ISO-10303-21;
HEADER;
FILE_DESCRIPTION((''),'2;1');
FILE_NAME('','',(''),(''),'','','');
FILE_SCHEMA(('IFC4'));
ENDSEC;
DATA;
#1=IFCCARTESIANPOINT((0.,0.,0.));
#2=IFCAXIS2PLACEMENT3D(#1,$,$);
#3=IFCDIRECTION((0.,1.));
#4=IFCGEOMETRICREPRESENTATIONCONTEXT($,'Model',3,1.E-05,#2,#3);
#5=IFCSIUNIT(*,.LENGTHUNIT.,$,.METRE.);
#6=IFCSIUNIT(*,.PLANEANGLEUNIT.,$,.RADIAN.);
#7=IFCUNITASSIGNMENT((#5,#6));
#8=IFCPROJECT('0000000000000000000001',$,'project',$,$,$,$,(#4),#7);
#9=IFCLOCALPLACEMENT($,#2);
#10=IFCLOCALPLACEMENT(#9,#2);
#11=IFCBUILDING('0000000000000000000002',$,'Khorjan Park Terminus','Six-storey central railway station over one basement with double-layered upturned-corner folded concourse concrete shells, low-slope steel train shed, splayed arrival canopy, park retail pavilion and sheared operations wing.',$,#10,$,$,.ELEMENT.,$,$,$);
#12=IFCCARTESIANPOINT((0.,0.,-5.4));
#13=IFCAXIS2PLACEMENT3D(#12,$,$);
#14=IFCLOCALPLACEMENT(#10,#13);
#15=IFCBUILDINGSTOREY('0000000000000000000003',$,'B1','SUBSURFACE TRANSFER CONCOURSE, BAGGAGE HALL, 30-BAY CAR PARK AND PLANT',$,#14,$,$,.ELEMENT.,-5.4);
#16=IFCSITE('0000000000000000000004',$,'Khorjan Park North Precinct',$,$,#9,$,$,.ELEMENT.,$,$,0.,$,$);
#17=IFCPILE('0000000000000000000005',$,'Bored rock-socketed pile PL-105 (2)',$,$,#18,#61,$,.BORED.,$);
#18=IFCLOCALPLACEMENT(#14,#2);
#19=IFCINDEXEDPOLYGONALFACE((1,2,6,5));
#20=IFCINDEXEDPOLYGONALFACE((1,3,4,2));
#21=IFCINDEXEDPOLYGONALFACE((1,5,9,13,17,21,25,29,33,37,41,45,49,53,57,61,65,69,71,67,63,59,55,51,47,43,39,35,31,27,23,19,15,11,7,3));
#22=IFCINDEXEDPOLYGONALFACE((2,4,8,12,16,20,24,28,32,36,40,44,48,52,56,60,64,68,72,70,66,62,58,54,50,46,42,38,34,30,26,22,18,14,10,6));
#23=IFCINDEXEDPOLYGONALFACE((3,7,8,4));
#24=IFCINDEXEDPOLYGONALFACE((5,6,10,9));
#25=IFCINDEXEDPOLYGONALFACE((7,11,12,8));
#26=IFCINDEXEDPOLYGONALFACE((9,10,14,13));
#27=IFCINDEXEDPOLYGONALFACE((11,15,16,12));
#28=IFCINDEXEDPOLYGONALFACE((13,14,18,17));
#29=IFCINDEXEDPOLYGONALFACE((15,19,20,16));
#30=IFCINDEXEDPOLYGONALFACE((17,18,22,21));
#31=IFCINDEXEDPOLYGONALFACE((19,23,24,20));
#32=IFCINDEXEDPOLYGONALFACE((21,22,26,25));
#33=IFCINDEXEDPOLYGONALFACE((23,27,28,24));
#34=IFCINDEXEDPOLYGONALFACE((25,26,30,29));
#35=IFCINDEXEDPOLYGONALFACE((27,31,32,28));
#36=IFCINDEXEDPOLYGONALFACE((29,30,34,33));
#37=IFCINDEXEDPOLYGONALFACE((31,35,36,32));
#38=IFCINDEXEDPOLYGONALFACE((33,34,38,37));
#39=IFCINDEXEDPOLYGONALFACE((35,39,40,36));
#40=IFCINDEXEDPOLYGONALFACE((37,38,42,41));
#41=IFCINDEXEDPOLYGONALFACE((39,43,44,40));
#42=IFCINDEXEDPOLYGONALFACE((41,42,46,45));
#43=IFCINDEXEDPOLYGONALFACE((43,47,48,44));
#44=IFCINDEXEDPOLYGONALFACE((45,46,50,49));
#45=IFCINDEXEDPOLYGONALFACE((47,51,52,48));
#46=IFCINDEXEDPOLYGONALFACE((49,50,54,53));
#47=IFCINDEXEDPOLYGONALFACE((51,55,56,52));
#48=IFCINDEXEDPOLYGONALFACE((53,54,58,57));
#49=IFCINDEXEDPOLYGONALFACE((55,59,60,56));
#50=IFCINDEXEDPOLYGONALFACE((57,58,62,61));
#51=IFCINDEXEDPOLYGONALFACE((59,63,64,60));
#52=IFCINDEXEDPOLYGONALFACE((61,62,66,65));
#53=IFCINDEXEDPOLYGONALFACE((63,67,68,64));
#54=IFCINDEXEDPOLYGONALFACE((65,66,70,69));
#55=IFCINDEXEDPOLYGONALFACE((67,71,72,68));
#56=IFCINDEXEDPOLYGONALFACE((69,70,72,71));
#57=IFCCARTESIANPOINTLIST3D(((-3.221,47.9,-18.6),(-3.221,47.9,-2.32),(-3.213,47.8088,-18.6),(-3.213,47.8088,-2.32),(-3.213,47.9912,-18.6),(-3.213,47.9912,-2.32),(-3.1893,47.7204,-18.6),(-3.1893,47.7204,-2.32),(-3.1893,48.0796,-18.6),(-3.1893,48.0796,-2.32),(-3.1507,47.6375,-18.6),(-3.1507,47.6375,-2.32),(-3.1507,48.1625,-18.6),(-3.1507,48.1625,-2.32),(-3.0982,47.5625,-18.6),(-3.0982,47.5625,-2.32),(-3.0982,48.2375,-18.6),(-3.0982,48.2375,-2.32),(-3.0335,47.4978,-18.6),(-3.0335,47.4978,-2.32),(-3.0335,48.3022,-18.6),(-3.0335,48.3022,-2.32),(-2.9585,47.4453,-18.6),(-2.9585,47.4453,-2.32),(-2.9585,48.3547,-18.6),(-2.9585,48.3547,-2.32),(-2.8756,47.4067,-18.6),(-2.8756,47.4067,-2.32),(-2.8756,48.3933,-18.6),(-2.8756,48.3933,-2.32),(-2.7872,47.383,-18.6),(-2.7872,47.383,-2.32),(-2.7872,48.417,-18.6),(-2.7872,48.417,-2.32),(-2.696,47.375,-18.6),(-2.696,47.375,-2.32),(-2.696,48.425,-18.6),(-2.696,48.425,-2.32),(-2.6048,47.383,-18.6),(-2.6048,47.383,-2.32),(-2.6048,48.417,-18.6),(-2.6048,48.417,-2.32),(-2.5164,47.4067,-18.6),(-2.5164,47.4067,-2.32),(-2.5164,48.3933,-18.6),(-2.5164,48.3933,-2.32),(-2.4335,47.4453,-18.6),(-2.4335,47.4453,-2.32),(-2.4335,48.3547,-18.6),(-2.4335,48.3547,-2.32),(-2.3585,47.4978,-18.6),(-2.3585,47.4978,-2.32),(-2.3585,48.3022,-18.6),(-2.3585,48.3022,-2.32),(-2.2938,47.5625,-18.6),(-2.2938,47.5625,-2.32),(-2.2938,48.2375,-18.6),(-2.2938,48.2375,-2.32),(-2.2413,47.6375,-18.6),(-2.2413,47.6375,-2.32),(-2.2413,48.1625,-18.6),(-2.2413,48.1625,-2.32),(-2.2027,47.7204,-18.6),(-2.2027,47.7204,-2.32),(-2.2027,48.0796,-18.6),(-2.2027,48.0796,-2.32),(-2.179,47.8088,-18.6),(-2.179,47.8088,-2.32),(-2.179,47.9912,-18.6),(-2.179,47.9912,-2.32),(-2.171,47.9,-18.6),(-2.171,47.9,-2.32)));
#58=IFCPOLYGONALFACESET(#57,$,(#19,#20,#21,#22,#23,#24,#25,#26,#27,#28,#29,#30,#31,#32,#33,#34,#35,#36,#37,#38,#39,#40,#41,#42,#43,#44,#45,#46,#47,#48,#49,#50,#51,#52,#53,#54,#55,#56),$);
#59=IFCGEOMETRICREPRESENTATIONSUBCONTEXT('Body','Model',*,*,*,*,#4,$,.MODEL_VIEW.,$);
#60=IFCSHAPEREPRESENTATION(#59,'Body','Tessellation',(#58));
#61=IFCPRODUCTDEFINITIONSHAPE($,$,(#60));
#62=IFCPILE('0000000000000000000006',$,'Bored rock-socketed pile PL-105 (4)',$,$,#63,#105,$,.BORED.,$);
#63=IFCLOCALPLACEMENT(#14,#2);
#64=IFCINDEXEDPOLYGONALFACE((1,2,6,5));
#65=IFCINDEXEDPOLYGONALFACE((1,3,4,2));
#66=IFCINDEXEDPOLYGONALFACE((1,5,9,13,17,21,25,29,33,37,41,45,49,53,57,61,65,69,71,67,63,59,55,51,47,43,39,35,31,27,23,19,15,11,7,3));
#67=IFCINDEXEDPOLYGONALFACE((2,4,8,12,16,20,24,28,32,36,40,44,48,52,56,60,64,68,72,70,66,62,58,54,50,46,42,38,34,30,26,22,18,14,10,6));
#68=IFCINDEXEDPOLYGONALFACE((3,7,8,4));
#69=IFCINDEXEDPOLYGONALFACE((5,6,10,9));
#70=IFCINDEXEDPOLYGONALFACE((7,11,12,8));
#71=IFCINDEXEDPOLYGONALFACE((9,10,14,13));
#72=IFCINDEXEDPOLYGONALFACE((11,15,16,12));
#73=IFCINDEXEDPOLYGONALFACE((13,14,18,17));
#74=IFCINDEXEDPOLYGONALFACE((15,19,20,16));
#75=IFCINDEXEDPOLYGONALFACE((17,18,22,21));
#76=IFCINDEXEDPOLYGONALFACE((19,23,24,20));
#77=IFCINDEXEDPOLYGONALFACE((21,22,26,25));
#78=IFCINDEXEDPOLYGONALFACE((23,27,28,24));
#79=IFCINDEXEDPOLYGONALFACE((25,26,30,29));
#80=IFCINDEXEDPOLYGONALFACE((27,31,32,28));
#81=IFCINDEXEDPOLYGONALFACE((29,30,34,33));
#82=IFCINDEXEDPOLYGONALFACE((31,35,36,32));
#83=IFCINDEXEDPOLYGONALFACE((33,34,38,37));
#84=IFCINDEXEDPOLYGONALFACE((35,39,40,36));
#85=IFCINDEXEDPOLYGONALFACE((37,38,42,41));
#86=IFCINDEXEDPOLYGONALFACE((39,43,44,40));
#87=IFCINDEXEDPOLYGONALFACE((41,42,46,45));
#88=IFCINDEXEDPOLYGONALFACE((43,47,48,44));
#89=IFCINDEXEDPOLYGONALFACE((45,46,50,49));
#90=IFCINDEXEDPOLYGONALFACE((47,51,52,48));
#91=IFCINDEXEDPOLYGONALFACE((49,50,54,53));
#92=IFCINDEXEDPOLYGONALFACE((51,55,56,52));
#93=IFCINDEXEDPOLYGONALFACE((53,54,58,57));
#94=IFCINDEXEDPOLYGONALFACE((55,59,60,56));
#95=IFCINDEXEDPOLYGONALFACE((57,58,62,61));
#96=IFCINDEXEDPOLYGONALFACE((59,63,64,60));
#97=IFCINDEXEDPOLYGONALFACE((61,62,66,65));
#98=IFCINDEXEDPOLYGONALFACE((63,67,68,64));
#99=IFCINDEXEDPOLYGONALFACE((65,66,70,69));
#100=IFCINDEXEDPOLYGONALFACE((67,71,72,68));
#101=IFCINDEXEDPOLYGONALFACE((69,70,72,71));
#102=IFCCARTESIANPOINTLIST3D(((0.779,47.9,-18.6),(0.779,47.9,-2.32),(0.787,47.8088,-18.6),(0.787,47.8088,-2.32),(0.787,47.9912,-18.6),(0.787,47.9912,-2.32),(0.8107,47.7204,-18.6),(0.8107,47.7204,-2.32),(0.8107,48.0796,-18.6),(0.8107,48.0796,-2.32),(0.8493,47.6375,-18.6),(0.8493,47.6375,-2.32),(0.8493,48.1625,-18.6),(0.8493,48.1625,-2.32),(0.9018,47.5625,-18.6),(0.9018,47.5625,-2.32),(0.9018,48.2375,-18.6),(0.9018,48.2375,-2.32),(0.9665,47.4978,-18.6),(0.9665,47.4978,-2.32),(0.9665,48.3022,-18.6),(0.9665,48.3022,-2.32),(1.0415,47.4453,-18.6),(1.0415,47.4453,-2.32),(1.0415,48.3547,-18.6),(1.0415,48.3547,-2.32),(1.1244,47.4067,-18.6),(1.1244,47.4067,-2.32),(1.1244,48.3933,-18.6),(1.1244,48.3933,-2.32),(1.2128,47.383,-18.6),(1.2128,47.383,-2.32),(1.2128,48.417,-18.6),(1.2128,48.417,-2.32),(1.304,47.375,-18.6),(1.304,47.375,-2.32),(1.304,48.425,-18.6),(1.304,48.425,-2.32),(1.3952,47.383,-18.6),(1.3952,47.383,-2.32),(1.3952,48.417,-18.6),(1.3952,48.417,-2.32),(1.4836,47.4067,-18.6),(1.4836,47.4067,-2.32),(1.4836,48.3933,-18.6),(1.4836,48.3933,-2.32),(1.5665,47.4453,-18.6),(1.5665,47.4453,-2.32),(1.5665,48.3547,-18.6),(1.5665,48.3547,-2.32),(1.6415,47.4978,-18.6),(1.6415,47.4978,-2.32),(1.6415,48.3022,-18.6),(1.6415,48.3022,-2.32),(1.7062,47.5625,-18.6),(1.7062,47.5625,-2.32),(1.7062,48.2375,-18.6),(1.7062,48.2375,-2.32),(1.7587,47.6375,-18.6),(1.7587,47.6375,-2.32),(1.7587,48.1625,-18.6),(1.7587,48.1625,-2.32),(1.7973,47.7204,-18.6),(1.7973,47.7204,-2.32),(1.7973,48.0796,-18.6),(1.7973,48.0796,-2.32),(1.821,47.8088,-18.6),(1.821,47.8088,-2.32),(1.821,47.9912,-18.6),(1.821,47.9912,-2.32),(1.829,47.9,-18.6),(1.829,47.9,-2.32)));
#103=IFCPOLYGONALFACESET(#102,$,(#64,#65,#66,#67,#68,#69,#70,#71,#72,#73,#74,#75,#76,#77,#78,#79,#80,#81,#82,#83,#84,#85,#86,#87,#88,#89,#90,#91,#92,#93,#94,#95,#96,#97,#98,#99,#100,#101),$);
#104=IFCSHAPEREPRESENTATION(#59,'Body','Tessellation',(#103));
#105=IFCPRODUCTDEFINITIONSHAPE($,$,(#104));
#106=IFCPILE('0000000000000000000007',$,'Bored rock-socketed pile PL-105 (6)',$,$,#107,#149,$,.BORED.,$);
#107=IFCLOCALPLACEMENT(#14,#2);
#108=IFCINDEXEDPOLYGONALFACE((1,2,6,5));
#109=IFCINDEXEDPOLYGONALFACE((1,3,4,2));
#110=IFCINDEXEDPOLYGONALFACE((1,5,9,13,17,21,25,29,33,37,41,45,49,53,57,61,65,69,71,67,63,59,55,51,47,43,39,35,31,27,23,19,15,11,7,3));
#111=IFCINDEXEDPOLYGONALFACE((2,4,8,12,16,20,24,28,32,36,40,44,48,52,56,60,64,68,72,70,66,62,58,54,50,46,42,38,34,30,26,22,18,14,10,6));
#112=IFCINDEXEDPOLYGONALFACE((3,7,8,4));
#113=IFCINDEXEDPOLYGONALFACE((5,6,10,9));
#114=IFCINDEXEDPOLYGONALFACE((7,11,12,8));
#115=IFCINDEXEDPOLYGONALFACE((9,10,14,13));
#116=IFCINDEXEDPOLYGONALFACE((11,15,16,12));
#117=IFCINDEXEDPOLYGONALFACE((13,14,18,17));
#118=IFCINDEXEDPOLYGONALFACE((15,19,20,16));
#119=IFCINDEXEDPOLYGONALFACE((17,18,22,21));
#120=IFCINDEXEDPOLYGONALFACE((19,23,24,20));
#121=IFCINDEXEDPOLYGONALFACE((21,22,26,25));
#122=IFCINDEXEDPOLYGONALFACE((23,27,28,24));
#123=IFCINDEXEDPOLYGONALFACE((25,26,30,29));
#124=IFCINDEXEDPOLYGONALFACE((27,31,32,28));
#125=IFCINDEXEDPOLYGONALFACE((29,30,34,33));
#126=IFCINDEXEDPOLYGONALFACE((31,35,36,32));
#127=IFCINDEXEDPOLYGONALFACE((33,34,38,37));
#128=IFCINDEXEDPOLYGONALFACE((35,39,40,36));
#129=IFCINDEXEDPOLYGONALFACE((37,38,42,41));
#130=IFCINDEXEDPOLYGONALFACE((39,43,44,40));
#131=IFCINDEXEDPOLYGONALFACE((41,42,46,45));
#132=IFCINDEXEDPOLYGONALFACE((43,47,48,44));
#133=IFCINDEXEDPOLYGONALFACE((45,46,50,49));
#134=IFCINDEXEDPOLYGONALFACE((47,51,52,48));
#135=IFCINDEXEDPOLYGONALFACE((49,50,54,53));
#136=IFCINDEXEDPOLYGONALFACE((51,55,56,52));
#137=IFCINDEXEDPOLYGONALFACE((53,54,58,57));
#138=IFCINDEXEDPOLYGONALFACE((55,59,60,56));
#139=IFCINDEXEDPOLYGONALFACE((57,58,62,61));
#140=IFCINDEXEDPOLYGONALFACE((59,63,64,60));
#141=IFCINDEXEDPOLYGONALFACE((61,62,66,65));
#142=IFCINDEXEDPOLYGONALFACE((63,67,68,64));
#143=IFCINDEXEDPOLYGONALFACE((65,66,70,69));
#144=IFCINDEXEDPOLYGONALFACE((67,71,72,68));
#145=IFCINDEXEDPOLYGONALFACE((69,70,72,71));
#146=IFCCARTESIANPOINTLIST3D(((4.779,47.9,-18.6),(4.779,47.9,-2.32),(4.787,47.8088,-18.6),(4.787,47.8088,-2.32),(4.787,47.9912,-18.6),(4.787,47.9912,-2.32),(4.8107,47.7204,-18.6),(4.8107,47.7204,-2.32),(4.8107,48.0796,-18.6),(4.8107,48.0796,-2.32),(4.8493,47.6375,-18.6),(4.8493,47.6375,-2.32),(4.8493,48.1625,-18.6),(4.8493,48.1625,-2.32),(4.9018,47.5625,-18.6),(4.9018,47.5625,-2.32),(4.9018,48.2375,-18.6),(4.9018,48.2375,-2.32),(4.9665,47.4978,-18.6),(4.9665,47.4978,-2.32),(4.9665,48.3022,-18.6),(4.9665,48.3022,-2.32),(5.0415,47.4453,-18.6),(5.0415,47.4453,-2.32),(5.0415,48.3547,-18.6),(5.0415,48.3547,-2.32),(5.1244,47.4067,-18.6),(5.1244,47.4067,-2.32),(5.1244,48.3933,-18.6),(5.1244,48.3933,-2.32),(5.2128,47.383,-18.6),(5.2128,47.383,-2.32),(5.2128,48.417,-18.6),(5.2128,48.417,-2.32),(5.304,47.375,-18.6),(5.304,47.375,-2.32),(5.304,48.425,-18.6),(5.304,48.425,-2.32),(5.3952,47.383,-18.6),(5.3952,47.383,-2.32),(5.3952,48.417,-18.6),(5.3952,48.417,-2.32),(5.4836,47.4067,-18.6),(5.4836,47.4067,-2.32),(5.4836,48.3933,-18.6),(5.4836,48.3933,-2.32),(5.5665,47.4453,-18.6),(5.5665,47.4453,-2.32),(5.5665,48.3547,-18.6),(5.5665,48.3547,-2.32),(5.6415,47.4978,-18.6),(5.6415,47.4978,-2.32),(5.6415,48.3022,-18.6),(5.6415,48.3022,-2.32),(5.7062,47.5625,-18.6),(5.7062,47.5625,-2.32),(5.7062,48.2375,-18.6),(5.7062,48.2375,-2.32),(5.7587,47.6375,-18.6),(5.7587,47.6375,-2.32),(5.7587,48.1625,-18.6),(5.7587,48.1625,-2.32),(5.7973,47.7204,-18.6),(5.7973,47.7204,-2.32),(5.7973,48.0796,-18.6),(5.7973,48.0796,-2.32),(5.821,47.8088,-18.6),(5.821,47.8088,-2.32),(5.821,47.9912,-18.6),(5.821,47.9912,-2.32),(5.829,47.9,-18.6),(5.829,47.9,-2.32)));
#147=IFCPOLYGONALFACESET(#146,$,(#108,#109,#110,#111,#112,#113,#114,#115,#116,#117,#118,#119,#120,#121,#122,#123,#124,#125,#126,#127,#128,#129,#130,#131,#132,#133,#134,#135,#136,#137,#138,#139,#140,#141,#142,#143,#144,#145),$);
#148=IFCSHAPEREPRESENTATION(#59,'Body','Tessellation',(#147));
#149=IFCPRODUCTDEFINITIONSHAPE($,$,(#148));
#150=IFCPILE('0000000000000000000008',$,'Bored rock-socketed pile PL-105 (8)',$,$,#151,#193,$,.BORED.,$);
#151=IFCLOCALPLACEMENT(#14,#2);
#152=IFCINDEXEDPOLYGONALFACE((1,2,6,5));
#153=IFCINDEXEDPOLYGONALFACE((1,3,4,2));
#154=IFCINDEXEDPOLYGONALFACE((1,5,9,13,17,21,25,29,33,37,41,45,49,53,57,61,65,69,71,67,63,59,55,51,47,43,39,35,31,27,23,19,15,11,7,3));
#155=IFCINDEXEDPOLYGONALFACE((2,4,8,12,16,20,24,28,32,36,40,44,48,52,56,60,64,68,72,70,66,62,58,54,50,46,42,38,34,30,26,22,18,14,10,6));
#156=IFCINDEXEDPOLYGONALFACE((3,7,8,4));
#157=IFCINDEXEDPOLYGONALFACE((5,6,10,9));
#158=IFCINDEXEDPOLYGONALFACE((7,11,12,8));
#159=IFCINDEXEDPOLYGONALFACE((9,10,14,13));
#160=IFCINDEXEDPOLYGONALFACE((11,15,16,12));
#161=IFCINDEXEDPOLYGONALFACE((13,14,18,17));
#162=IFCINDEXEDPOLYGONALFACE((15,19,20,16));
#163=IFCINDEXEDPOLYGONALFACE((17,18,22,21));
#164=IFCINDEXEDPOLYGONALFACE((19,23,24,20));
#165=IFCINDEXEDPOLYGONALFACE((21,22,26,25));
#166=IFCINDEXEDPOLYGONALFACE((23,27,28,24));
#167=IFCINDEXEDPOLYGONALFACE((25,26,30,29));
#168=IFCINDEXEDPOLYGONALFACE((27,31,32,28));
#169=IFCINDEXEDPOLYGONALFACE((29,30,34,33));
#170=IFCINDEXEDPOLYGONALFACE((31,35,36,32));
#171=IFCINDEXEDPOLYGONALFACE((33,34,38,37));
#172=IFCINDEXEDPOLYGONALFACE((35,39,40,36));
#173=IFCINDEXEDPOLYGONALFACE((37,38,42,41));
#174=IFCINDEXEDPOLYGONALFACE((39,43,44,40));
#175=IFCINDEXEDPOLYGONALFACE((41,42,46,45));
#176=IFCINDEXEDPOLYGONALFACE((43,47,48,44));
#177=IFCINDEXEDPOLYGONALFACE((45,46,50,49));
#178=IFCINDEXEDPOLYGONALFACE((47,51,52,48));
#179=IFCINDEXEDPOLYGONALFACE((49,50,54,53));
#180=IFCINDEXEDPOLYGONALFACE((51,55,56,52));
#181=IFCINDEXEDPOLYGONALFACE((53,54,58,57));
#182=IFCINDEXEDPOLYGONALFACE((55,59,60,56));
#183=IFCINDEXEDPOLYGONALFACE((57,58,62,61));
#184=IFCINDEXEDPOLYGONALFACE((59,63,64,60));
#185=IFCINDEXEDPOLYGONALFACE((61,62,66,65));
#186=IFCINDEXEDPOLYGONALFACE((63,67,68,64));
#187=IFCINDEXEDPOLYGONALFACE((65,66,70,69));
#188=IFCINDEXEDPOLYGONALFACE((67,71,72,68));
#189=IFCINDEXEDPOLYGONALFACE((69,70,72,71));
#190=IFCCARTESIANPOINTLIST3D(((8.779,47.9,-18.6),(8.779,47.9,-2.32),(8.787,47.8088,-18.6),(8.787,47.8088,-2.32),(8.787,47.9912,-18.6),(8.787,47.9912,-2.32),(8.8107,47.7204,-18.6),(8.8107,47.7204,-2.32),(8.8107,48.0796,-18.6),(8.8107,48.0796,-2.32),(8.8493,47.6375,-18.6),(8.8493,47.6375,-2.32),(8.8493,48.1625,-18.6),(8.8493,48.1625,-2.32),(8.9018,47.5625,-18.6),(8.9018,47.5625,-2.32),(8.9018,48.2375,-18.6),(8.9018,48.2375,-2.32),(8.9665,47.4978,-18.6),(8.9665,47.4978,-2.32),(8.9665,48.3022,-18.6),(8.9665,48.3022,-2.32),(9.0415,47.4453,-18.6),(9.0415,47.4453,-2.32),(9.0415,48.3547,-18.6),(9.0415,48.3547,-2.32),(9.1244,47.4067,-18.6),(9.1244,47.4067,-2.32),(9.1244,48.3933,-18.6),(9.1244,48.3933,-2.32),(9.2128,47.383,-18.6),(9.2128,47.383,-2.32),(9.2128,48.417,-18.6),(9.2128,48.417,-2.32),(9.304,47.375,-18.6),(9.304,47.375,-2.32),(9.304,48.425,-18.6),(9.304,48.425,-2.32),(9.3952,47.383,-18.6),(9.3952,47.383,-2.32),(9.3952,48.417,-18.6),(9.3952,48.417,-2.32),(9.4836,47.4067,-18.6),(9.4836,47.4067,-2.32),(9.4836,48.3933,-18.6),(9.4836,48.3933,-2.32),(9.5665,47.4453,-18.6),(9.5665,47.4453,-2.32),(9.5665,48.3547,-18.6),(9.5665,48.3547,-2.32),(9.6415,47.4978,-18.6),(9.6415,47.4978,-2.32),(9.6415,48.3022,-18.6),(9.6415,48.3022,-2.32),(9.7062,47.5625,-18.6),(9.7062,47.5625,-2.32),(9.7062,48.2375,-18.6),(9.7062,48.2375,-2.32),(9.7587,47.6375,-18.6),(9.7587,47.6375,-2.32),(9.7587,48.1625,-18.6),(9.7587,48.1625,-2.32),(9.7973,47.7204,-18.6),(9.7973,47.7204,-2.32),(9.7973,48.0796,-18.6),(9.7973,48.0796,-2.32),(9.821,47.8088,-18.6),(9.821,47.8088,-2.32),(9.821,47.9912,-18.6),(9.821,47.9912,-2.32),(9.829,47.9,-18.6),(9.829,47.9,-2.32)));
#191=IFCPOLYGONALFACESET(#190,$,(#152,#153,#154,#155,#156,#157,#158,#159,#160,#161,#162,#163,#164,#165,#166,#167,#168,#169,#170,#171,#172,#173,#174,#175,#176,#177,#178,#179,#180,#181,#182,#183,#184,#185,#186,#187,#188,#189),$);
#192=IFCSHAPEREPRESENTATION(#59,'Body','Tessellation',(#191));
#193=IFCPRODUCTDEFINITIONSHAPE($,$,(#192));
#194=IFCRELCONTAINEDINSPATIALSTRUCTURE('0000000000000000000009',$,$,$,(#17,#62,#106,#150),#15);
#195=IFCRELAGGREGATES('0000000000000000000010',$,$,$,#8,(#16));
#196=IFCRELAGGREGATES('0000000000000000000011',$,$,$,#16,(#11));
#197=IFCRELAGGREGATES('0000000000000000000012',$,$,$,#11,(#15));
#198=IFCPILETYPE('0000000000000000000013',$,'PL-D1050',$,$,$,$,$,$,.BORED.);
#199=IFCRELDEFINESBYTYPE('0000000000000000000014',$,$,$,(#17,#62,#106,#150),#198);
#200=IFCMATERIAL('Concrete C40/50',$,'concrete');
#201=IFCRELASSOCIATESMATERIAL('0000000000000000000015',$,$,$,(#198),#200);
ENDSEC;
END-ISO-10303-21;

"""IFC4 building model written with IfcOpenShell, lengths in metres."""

from ifc_helpers import new_model, si_unit, direction, frame, origin, origin_2d, place, context, subcontext, project, spatial, circle, extrude, material, material_profile, profile_set, type_object, element, save


model = new_model("IFC4")

# Units and contexts
model_context = context("Model", 3, precision=1e-05, world=origin(), true_north=direction((0.0, 1.0)))
body_context = subcontext(model_context, "Body", "Model", "MODEL_VIEW")
ifc_project = project(units=[si_unit("LENGTHUNIT", "METRE"), si_unit("PLANEANGLEUNIT", "RADIAN")], contexts=[model_context])

# Site, building, storey
site_placement = place(None, origin())
site = spatial("IfcSite", under=ifc_project, at=site_placement, Name="Khorjan Park North Precinct", CompositionType="ELEMENT", RefElevation=0.0)
building_placement = place(site_placement, origin())
building = spatial("IfcBuilding", under=site, at=building_placement, Name="Khorjan Park Terminus", Description="Six-storey central railway station over one basement with double-layered upturned-corner folded concourse concrete shells, low-slope steel train shed, splayed arrival canopy, park retail pavilion and sheared operations wing.", CompositionType="ELEMENT")
storey_placement = place(building_placement, frame((0.0, 0.0, -5.4)))
storey = spatial("IfcBuildingStorey", under=building, at=storey_placement, Name="B1", Description="SUBSURFACE TRANSFER CONCOURSE, BAGGAGE HALL, 30-BAY CAR PARK AND PLANT", CompositionType="ELEMENT", Elevation=-5.4)

# Shared definitions
ifc_material_1 = material(Name="Concrete C40/50", Category="concrete")

# Piles
ifc_material_profile_1 = material_profile(ifc_material_1, circle(Radius=0.525, at=origin_2d()), Name="BORED D1050")
ifc_profile_set_1 = profile_set([ifc_material_profile_1], Name="Concrete C40/50")
pile_type_1 = type_object("IfcPileType", Name="PL-D1050", PredefinedType="BORED", material=ifc_profile_set_1)
for number, where, z_axis, x_axis, name in (
    (1, (-2.696, 47.9, -2.32), (0.0, 0.0, -1.0), (1.0, 0.0, 0.0), "Bored rock-socketed pile PL-105 (2)"),
    (2, (1.304, 47.9, -2.32), (0.0, 0.0, -1.0), (1.0, 0.0, 0.0), "Bored rock-socketed pile PL-105 (4)"),
    (3, (5.304, 47.9, -2.32), (0.0, 0.0, -1.0), (1.0, 0.0, 0.0), "Bored rock-socketed pile PL-105 (6)"),
    (4, (9.304, 47.9, -2.32), (0.0, 0.0, -1.0), (1.0, 0.0, 0.0), "Bored rock-socketed pile PL-105 (8)"),
):
    element("IfcPile", number, at=place(storey_placement, frame(where, z_axis=z_axis, x_axis=x_axis)), inside=storey, type_object=pile_type_1, Name=name, PredefinedType="BORED", context=body_context, shape_type="SweptSolid", body=[
        extrude(circle(Radius=0.525, at=origin_2d()), origin(), (0.0, 0.0, 1.0), 16.28),
    ])

save(model, "model.ifc")
